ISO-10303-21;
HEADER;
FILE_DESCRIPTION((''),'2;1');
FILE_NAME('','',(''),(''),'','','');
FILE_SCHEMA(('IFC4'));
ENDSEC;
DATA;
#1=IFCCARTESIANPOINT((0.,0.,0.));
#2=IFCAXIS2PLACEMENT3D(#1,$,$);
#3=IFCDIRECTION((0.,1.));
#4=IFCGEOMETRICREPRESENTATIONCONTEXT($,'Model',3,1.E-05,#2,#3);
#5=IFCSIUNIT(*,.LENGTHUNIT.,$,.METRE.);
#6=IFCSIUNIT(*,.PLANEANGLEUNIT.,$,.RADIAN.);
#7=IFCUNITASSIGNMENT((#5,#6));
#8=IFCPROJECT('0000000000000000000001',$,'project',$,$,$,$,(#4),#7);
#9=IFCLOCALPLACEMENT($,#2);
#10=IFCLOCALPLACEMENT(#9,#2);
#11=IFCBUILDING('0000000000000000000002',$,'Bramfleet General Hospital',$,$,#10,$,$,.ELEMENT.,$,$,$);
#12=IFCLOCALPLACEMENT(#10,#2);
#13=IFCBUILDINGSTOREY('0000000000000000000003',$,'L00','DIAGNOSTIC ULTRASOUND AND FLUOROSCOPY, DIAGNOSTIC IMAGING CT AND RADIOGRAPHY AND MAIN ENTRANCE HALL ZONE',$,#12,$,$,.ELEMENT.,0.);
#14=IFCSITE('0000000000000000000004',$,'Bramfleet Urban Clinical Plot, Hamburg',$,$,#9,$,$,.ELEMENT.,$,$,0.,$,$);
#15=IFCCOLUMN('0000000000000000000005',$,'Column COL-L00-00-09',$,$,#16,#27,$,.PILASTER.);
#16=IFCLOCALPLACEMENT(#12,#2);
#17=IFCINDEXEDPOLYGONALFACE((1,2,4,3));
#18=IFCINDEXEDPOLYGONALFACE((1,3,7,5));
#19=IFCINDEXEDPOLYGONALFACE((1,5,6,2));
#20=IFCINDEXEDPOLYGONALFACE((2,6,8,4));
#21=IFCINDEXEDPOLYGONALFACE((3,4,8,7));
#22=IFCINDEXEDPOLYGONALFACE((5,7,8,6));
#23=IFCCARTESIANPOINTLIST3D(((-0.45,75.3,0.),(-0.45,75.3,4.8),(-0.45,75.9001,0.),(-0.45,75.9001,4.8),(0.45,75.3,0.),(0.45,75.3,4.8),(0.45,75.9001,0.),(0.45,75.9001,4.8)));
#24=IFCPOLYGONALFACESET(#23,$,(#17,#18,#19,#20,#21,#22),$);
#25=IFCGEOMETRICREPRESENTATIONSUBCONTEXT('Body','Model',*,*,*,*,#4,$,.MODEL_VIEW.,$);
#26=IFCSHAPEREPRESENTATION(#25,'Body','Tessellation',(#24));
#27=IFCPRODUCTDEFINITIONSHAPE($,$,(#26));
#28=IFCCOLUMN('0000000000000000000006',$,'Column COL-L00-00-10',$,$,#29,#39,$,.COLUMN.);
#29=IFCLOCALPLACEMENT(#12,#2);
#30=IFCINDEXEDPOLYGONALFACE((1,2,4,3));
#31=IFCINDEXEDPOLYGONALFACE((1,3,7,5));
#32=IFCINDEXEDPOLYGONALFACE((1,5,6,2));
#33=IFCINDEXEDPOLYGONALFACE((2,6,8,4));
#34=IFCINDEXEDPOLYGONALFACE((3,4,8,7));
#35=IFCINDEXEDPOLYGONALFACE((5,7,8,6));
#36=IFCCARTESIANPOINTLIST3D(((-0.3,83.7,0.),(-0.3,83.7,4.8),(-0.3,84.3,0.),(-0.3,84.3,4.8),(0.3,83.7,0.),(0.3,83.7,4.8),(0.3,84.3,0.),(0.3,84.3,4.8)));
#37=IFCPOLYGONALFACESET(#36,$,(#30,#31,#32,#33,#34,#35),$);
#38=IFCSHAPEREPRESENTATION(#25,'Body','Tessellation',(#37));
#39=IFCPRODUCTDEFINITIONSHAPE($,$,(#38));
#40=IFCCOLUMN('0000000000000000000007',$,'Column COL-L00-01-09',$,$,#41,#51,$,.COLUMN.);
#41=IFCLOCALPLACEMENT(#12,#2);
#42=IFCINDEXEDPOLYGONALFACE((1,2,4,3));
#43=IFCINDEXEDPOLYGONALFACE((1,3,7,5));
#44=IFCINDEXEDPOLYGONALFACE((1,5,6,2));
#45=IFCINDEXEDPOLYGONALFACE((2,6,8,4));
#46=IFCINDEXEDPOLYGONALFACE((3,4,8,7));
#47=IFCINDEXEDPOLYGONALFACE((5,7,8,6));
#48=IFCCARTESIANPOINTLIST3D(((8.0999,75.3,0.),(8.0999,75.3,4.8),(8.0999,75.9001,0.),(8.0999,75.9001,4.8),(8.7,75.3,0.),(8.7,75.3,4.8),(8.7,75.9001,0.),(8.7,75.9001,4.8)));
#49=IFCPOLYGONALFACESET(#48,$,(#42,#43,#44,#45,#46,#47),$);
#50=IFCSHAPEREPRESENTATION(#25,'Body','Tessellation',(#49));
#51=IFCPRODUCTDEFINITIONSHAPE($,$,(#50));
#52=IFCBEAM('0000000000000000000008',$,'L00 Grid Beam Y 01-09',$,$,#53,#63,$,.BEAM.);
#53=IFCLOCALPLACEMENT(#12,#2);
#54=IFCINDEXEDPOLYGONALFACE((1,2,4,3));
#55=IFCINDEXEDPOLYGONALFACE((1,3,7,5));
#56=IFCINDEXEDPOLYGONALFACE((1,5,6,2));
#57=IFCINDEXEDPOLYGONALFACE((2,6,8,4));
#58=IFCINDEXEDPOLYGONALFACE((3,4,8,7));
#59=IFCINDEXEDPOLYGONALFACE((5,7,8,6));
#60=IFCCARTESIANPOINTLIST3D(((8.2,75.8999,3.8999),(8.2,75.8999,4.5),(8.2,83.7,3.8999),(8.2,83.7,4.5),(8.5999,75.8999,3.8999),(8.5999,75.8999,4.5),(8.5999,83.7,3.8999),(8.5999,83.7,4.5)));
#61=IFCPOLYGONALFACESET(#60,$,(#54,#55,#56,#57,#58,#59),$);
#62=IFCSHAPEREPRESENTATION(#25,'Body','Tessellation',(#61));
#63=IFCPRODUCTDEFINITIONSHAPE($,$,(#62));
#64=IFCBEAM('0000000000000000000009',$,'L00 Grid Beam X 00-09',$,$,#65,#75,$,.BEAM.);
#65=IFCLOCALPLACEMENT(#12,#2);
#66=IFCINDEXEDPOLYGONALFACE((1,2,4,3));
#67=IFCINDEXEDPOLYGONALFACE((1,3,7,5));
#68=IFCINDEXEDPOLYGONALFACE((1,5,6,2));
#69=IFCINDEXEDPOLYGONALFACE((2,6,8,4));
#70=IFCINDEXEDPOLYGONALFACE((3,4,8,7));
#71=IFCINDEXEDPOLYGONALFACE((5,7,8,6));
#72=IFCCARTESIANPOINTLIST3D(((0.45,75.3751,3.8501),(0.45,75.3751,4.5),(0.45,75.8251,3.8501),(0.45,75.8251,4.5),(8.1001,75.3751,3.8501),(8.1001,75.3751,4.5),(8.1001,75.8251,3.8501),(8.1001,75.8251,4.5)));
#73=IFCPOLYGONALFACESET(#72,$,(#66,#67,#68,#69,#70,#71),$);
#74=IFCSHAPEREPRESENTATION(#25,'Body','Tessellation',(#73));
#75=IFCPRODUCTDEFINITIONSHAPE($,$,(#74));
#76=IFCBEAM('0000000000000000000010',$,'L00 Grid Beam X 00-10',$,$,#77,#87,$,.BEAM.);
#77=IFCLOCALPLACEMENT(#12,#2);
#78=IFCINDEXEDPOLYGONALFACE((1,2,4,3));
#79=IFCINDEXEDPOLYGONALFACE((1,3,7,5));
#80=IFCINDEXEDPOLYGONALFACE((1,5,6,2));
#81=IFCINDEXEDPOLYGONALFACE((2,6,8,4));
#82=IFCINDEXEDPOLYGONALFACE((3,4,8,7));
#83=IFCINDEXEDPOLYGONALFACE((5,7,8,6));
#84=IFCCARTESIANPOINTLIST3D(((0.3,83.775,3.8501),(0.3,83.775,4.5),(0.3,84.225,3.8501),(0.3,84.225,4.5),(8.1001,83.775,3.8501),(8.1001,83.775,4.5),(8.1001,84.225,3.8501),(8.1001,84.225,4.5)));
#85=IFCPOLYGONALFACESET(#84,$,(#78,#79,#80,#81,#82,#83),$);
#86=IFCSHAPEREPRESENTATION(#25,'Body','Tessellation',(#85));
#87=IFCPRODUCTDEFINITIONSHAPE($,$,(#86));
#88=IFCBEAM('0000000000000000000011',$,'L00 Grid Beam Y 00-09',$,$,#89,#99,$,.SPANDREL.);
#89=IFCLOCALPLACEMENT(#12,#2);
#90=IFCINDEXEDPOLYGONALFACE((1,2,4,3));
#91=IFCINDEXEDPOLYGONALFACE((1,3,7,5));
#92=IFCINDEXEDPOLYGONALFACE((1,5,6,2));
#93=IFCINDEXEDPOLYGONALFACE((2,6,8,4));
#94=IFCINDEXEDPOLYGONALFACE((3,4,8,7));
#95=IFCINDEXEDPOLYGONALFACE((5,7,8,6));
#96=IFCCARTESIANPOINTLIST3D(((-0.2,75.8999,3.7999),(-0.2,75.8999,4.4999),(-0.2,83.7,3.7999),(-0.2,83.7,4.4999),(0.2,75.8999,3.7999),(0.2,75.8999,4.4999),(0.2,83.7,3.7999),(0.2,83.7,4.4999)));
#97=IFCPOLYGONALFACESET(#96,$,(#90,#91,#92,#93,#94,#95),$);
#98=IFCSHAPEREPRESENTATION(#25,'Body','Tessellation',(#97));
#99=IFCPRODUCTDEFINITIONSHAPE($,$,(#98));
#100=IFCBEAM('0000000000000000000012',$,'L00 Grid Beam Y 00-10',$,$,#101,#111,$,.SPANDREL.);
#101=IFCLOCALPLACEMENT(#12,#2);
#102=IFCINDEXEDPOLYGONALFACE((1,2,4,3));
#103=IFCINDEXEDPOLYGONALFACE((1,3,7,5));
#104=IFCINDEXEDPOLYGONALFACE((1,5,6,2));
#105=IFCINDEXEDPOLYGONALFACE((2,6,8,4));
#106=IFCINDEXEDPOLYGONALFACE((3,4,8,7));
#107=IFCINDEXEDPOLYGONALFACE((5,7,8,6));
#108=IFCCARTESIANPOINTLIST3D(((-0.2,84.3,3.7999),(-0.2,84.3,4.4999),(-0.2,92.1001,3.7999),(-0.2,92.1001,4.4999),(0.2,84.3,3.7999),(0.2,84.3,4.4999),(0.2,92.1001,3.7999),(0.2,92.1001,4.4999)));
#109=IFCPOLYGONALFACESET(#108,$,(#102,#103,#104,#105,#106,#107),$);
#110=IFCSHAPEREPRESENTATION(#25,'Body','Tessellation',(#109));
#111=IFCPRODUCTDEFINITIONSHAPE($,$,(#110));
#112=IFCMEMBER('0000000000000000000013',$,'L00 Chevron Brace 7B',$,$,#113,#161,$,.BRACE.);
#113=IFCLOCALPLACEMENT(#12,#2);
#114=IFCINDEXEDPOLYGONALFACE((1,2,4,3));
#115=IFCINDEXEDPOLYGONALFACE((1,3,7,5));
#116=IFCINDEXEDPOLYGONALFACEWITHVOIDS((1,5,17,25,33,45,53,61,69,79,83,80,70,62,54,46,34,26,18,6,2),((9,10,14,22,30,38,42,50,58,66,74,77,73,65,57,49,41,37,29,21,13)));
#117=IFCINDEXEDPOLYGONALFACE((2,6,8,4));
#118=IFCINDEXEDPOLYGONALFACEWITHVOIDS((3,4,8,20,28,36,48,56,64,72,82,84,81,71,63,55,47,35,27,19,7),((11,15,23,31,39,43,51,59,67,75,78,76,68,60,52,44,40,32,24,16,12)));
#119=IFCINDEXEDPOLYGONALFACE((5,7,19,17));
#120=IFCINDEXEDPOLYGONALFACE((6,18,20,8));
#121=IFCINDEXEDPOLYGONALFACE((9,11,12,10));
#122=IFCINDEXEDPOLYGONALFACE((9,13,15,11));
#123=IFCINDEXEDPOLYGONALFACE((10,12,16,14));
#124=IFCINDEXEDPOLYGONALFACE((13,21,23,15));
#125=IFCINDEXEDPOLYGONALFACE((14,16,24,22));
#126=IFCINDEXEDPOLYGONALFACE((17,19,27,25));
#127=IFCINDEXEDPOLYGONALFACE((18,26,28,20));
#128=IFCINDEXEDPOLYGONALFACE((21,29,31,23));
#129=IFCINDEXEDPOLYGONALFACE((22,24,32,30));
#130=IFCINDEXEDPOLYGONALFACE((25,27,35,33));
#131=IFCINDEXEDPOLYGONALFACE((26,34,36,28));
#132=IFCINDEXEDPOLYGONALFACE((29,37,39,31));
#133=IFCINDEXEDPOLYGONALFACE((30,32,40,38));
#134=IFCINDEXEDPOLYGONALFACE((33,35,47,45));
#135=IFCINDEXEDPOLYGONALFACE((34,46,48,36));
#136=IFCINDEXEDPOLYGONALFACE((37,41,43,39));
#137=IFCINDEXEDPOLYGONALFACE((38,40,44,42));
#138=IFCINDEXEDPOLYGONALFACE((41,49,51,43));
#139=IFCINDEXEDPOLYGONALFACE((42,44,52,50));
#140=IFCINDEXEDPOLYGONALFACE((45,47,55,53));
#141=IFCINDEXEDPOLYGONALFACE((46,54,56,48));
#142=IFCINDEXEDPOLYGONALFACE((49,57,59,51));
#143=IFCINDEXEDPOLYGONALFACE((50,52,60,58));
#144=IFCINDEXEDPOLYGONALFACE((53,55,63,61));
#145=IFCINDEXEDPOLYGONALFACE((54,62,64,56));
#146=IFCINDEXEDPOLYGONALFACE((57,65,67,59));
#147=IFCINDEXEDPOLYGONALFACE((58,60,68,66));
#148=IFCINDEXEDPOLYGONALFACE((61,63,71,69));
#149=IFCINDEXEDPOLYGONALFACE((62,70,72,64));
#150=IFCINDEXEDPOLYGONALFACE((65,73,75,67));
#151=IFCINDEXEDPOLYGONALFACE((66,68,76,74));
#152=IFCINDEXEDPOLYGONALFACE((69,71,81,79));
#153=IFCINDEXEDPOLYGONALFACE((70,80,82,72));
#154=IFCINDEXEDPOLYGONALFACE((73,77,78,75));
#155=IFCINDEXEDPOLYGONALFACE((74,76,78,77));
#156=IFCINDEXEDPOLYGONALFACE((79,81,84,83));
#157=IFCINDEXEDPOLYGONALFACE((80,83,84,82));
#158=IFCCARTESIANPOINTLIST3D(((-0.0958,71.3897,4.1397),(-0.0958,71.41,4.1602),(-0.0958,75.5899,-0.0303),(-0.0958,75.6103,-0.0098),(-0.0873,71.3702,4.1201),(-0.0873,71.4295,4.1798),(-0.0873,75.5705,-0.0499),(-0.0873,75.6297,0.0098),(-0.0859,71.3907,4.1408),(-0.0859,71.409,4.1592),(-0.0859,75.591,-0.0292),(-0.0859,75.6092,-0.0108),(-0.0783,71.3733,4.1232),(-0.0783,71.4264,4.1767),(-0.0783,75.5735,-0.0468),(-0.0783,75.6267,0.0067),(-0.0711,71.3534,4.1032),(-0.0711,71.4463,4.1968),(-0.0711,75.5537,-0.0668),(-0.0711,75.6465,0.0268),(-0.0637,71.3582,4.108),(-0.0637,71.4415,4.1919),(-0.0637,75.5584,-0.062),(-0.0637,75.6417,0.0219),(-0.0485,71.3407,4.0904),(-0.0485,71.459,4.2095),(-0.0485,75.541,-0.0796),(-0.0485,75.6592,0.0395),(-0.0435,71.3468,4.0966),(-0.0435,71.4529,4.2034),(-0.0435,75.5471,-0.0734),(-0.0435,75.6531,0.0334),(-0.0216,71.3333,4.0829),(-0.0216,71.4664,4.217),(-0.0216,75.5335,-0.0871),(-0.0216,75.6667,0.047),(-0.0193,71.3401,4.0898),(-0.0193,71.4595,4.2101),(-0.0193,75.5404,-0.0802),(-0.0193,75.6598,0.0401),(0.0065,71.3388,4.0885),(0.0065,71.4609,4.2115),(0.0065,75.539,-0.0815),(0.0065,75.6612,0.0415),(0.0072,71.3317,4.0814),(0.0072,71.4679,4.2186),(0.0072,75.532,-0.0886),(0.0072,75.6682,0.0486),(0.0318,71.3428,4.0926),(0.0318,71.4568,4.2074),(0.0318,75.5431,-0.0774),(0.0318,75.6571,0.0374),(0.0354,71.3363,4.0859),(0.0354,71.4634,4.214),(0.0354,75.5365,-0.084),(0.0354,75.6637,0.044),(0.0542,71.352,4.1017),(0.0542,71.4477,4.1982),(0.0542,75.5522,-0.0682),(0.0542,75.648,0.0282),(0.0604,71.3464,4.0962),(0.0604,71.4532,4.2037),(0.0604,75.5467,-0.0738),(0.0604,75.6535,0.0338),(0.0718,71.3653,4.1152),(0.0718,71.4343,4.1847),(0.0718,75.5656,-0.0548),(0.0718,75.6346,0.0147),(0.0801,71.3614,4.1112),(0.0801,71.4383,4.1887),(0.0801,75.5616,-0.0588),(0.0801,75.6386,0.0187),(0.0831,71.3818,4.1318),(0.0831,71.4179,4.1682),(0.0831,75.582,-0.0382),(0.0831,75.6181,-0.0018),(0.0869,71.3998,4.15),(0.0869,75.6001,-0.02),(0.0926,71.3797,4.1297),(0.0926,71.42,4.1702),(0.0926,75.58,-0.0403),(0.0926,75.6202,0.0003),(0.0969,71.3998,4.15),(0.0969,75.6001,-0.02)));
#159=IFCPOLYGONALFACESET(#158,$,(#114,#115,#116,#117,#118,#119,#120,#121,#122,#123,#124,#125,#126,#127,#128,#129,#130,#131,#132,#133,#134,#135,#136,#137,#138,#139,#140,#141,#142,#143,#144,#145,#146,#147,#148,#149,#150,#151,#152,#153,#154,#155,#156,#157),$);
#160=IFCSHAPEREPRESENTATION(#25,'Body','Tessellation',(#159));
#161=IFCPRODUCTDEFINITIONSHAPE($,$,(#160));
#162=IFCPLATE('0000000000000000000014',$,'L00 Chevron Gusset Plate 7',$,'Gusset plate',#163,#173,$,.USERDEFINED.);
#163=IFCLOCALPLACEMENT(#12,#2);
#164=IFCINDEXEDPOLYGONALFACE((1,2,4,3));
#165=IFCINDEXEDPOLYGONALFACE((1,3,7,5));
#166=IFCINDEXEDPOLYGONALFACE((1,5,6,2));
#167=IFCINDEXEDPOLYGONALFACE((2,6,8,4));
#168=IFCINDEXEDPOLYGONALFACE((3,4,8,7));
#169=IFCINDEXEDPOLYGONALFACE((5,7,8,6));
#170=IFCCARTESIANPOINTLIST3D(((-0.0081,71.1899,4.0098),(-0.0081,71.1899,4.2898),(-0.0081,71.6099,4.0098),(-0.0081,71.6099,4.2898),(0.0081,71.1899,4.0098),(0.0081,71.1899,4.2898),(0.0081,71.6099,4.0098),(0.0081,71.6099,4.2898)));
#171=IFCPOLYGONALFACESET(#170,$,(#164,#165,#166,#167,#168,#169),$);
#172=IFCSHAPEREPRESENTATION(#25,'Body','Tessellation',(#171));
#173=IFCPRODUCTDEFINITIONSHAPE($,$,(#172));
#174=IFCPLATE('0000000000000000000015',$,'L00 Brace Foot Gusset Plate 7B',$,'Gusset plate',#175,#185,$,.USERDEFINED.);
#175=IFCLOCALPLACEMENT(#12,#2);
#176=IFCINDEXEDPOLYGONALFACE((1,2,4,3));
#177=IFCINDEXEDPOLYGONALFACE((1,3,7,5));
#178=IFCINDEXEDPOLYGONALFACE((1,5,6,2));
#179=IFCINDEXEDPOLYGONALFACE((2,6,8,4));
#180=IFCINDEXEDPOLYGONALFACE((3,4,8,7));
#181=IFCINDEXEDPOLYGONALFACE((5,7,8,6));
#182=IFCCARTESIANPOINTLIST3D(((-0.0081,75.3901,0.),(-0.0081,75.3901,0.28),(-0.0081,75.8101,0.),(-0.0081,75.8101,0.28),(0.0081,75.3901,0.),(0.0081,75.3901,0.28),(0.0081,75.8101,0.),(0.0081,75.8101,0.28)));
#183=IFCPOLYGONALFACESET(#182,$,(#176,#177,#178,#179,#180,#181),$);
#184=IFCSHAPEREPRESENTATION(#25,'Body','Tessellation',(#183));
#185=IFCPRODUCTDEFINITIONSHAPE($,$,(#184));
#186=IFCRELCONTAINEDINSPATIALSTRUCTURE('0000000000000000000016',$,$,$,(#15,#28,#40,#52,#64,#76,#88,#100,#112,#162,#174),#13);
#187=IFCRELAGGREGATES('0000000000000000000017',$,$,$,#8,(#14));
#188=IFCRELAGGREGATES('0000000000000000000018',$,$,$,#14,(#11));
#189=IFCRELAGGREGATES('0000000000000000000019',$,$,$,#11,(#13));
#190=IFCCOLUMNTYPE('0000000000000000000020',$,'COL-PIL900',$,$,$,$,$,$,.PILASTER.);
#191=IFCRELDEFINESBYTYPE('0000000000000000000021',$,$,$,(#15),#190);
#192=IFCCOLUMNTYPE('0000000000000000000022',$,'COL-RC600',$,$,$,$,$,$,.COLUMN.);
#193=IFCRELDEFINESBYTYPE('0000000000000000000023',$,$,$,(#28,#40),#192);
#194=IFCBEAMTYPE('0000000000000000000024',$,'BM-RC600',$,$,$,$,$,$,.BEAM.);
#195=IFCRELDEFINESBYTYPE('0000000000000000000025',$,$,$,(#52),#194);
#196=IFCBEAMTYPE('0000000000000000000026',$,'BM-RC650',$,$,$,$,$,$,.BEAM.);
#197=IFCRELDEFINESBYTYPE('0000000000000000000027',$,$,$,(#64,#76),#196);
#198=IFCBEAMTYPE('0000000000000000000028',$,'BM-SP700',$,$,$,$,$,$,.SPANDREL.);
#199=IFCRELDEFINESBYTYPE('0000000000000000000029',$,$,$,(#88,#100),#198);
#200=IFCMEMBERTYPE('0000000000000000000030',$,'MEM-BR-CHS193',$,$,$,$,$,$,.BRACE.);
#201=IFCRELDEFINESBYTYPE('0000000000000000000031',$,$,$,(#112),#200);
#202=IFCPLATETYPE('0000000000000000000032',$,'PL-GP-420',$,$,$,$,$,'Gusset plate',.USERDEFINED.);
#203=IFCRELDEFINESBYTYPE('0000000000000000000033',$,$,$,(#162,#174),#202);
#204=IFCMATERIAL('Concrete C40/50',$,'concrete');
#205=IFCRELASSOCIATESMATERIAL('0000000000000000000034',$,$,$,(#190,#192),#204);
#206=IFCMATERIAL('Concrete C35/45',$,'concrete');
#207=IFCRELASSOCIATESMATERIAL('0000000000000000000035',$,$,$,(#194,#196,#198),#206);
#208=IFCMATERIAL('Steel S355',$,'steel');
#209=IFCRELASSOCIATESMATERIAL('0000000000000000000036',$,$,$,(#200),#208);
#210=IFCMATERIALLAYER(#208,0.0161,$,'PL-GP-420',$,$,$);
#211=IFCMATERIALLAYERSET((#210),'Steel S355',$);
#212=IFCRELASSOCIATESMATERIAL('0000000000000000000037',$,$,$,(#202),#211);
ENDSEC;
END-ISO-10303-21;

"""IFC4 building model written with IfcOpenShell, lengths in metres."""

from ifc_helpers import new_model, si_unit, direction, frame, origin, origin_2d, place, context, subcontext, project, spatial, rectangle, hollow_circle, extrude, material, layer, layer_set, material_profile, profile_set, type_object, element, save


model = new_model("IFC4")

# Units and contexts
model_context = context("Model", 3, precision=1e-05, world=origin(), true_north=direction((0.0, 1.0)))
body_context = subcontext(model_context, "Body", "Model", "MODEL_VIEW")
ifc_project = project(units=[si_unit("LENGTHUNIT", "METRE"), si_unit("PLANEANGLEUNIT", "RADIAN")], contexts=[model_context])

# Site, building, storey
site_placement = place(None, origin())
site = spatial("IfcSite", under=ifc_project, at=site_placement, Name="Bramfleet Urban Clinical Plot, Hamburg", CompositionType="ELEMENT", RefElevation=0.0)
building_placement = place(site_placement, origin())
building = spatial("IfcBuilding", under=site, at=building_placement, Name="Bramfleet General Hospital", CompositionType="ELEMENT")
storey_placement = place(building_placement, origin())
storey = spatial("IfcBuildingStorey", under=building, at=storey_placement, Name="L00", Description="DIAGNOSTIC ULTRASOUND AND FLUOROSCOPY, DIAGNOSTIC IMAGING CT AND RADIOGRAPHY AND MAIN ENTRANCE HALL ZONE", CompositionType="ELEMENT", Elevation=0.0)

# Columns
ifc_material_1 = material(Name="Concrete C40/50", Category="concrete")
ifc_material_profile_1 = material_profile(ifc_material_1, rectangle(XDim=0.6001, YDim=0.8999, at=origin_2d()), Name="RC PIL 900x600")
ifc_profile_set_1 = profile_set([ifc_material_profile_1], Name="Concrete C40/50")
column_type_1 = type_object("IfcColumnType", Name="COL-PIL900", PredefinedType="PILASTER", material=ifc_profile_set_1)
column_placement = place(storey_placement, frame((0.0, 75.6001, 0.0), z_axis=(0.0, 0.0, 1.0), x_axis=(0.0, 1.0, 0.0)))
element("IfcColumn", 1, at=column_placement, inside=storey, type_object=column_type_1, Name="Column COL-L00-00-09", PredefinedType="PILASTER", context=body_context, shape_type="SweptSolid", body=[
    extrude(rectangle(XDim=0.6001, YDim=0.8999, at=origin_2d()), origin(), (0.0, 0.0, 1.0), 4.8),
])
ifc_material_profile_2 = material_profile(ifc_material_1, rectangle(XDim=0.6001, YDim=0.6001, at=origin_2d()), Name="RC COL 600x600")
ifc_profile_set_2 = profile_set([ifc_material_profile_2], Name="Concrete C40/50")
column_type_2 = type_object("IfcColumnType", Name="COL-RC600", PredefinedType="COLUMN", material=ifc_profile_set_2)
for number, where, z_axis, x_axis, name in (
    (2, (0.0, 84.0, 0.0), (0.0, 0.0, 1.0), (1.0, 0.0, 0.0), "Column COL-L00-00-10"),
    (3, (8.3999, 75.6001, 0.0), (0.0, 0.0, 1.0), (1.0, 0.0, 0.0), "Column COL-L00-01-09"),
):
    element("IfcColumn", number, at=place(storey_placement, frame(where, z_axis=z_axis, x_axis=x_axis)), inside=storey, type_object=column_type_2, Name=name, PredefinedType="COLUMN", context=body_context, shape_type="SweptSolid", body=[
        extrude(rectangle(XDim=0.6001, YDim=0.6001, at=origin_2d()), origin(), (0.0, 0.0, 1.0), 4.8),
    ])

# Beams
ifc_material_2 = material(Name="Concrete C35/45", Category="concrete")
ifc_material_profile_3 = material_profile(ifc_material_2, rectangle(XDim=0.3999, YDim=0.6001, at=origin_2d()), Name="RC BM 600x400")
ifc_profile_set_3 = profile_set([ifc_material_profile_3], Name="Concrete C35/45")
beam_type_1 = type_object("IfcBeamType", Name="BM-RC600", PredefinedType="BEAM", material=ifc_profile_set_3)
beam_1_placement = place(storey_placement, frame((8.3999, 75.8999, 4.2), z_axis=(0.0, 1.0, 0.0), x_axis=(-1.0, 0.0, 0.0)))
element("IfcBeam", 4, at=beam_1_placement, inside=storey, type_object=beam_type_1, Name="L00 Grid Beam Y 01-09", PredefinedType="BEAM", context=body_context, shape_type="SweptSolid", body=[
    extrude(rectangle(XDim=0.3999, YDim=0.6001, at=origin_2d()), origin(), (0.0, 0.0, 1.0), 7.8),
])
ifc_material_profile_4 = material_profile(ifc_material_2, rectangle(XDim=0.45, YDim=0.6499, at=origin_2d()), Name="RC BM 650x450")
ifc_profile_set_4 = profile_set([ifc_material_profile_4], Name="Concrete C35/45")
beam_type_2 = type_object("IfcBeamType", Name="BM-RC650", PredefinedType="BEAM", material=ifc_profile_set_4)
beam_2_placement = place(storey_placement, frame((0.45, 75.6001, 4.175), z_axis=(1.0, 0.0, 0.0), x_axis=(0.0, 1.0, 0.0)))
element("IfcBeam", 5, at=beam_2_placement, inside=storey, type_object=beam_type_2, Name="L00 Grid Beam X 00-09", PredefinedType="BEAM", context=body_context, shape_type="SweptSolid", body=[
    extrude(rectangle(XDim=0.45, YDim=0.6499, at=origin_2d()), origin(), (0.0, 0.0, 1.0), 7.6501),
])
beam_3_placement = place(storey_placement, frame((0.3, 84.0, 4.175), z_axis=(1.0, 0.0, 0.0), x_axis=(0.0, 1.0, 0.0)))
element("IfcBeam", 6, at=beam_3_placement, inside=storey, type_object=beam_type_2, Name="L00 Grid Beam X 00-10", PredefinedType="BEAM", context=body_context, shape_type="SweptSolid", body=[
    extrude(rectangle(XDim=0.45, YDim=0.6499, at=origin_2d()), origin(), (0.0, 0.0, 1.0), 7.8),
])
ifc_material_profile_5 = material_profile(ifc_material_2, rectangle(XDim=0.3999, YDim=0.7, at=origin_2d()), Name="RC SP 700x400")
ifc_profile_set_5 = profile_set([ifc_material_profile_5], Name="Concrete C35/45")
beam_type_3 = type_object("IfcBeamType", Name="BM-SP700", PredefinedType="SPANDREL", material=ifc_profile_set_5)
for number, where, z_axis, x_axis, name in (
    (7, (0.0, 75.8999, 4.1499), (0.0, 1.0, 0.0), (-1.0, 0.0, 0.0), "L00 Grid Beam Y 00-09"),
    (8, (0.0, 84.3, 4.1499), (0.0, 1.0, 0.0), (-1.0, 0.0, 0.0), "L00 Grid Beam Y 00-10"),
):
    element("IfcBeam", number, at=place(storey_placement, frame(where, z_axis=z_axis, x_axis=x_axis)), inside=storey, type_object=beam_type_3, Name=name, PredefinedType="SPANDREL", context=body_context, shape_type="SweptSolid", body=[
        extrude(rectangle(XDim=0.3999, YDim=0.7, at=origin_2d()), origin(), (0.0, 0.0, 1.0), 7.8),
    ])

# Member
ifc_material_3 = material(Name="Steel S355", Category="steel")
ifc_material_profile_6 = material_profile(ifc_material_3, hollow_circle(Radius=0.0969, WallThickness=0.01, at=origin_2d()), Name="CHS 193.7x10.0")
ifc_profile_set_6 = profile_set([ifc_material_profile_6], Name="Steel S355")
member_type = type_object("IfcMemberType", Name="MEM-BR-CHS193", PredefinedType="BRACE", material=ifc_profile_set_6)
member_placement = place(storey_placement, frame((0.0, 75.6001, -0.02), z_axis=(0.0, -0.70966, 0.704545), x_axis=(1.0, 0.0, 0.0)))
element("IfcMember", 9, at=member_placement, inside=storey, type_object=member_type, Name="L00 Chevron Brace 7B", PredefinedType="BRACE", context=body_context, shape_type="SweptSolid", body=[
    extrude(hollow_circle(Radius=0.0969, WallThickness=0.01, at=origin_2d()), origin(), (0.0, 0.0, 1.0), 5.9187),
])

# Plates
ifc_layer_1 = layer(ifc_material_3, 0.0161, Name="PL-GP-420")
ifc_layer_set_1 = layer_set([ifc_layer_1], Name="Steel S355")
plate_type = type_object("IfcPlateType", Name="PL-GP-420", ElementType="Gusset plate", PredefinedType="USERDEFINED", material=ifc_layer_set_1)
for number, where, z_axis, x_axis, name in (
    (10, (0.0, 71.3999, 4.0098), (0.0, 0.0, 1.0), (1.0, 0.0, 0.0), "L00 Chevron Gusset Plate 7"),
    (11, (0.0, 75.6001, 0.0), (0.0, 0.0, 1.0), (1.0, 0.0, 0.0), "L00 Brace Foot Gusset Plate 7B"),
):
    element("IfcPlate", number, at=place(storey_placement, frame(where, z_axis=z_axis, x_axis=x_axis)), inside=storey, type_object=plate_type, Name=name, ObjectType="Gusset plate", PredefinedType="USERDEFINED", context=body_context, shape_type="SweptSolid", body=[
        extrude(rectangle(XDim=0.0161, YDim=0.4199, at=origin_2d()), origin(), (0.0, 0.0, 1.0), 0.28),
    ])

save(model, "model.ifc")
